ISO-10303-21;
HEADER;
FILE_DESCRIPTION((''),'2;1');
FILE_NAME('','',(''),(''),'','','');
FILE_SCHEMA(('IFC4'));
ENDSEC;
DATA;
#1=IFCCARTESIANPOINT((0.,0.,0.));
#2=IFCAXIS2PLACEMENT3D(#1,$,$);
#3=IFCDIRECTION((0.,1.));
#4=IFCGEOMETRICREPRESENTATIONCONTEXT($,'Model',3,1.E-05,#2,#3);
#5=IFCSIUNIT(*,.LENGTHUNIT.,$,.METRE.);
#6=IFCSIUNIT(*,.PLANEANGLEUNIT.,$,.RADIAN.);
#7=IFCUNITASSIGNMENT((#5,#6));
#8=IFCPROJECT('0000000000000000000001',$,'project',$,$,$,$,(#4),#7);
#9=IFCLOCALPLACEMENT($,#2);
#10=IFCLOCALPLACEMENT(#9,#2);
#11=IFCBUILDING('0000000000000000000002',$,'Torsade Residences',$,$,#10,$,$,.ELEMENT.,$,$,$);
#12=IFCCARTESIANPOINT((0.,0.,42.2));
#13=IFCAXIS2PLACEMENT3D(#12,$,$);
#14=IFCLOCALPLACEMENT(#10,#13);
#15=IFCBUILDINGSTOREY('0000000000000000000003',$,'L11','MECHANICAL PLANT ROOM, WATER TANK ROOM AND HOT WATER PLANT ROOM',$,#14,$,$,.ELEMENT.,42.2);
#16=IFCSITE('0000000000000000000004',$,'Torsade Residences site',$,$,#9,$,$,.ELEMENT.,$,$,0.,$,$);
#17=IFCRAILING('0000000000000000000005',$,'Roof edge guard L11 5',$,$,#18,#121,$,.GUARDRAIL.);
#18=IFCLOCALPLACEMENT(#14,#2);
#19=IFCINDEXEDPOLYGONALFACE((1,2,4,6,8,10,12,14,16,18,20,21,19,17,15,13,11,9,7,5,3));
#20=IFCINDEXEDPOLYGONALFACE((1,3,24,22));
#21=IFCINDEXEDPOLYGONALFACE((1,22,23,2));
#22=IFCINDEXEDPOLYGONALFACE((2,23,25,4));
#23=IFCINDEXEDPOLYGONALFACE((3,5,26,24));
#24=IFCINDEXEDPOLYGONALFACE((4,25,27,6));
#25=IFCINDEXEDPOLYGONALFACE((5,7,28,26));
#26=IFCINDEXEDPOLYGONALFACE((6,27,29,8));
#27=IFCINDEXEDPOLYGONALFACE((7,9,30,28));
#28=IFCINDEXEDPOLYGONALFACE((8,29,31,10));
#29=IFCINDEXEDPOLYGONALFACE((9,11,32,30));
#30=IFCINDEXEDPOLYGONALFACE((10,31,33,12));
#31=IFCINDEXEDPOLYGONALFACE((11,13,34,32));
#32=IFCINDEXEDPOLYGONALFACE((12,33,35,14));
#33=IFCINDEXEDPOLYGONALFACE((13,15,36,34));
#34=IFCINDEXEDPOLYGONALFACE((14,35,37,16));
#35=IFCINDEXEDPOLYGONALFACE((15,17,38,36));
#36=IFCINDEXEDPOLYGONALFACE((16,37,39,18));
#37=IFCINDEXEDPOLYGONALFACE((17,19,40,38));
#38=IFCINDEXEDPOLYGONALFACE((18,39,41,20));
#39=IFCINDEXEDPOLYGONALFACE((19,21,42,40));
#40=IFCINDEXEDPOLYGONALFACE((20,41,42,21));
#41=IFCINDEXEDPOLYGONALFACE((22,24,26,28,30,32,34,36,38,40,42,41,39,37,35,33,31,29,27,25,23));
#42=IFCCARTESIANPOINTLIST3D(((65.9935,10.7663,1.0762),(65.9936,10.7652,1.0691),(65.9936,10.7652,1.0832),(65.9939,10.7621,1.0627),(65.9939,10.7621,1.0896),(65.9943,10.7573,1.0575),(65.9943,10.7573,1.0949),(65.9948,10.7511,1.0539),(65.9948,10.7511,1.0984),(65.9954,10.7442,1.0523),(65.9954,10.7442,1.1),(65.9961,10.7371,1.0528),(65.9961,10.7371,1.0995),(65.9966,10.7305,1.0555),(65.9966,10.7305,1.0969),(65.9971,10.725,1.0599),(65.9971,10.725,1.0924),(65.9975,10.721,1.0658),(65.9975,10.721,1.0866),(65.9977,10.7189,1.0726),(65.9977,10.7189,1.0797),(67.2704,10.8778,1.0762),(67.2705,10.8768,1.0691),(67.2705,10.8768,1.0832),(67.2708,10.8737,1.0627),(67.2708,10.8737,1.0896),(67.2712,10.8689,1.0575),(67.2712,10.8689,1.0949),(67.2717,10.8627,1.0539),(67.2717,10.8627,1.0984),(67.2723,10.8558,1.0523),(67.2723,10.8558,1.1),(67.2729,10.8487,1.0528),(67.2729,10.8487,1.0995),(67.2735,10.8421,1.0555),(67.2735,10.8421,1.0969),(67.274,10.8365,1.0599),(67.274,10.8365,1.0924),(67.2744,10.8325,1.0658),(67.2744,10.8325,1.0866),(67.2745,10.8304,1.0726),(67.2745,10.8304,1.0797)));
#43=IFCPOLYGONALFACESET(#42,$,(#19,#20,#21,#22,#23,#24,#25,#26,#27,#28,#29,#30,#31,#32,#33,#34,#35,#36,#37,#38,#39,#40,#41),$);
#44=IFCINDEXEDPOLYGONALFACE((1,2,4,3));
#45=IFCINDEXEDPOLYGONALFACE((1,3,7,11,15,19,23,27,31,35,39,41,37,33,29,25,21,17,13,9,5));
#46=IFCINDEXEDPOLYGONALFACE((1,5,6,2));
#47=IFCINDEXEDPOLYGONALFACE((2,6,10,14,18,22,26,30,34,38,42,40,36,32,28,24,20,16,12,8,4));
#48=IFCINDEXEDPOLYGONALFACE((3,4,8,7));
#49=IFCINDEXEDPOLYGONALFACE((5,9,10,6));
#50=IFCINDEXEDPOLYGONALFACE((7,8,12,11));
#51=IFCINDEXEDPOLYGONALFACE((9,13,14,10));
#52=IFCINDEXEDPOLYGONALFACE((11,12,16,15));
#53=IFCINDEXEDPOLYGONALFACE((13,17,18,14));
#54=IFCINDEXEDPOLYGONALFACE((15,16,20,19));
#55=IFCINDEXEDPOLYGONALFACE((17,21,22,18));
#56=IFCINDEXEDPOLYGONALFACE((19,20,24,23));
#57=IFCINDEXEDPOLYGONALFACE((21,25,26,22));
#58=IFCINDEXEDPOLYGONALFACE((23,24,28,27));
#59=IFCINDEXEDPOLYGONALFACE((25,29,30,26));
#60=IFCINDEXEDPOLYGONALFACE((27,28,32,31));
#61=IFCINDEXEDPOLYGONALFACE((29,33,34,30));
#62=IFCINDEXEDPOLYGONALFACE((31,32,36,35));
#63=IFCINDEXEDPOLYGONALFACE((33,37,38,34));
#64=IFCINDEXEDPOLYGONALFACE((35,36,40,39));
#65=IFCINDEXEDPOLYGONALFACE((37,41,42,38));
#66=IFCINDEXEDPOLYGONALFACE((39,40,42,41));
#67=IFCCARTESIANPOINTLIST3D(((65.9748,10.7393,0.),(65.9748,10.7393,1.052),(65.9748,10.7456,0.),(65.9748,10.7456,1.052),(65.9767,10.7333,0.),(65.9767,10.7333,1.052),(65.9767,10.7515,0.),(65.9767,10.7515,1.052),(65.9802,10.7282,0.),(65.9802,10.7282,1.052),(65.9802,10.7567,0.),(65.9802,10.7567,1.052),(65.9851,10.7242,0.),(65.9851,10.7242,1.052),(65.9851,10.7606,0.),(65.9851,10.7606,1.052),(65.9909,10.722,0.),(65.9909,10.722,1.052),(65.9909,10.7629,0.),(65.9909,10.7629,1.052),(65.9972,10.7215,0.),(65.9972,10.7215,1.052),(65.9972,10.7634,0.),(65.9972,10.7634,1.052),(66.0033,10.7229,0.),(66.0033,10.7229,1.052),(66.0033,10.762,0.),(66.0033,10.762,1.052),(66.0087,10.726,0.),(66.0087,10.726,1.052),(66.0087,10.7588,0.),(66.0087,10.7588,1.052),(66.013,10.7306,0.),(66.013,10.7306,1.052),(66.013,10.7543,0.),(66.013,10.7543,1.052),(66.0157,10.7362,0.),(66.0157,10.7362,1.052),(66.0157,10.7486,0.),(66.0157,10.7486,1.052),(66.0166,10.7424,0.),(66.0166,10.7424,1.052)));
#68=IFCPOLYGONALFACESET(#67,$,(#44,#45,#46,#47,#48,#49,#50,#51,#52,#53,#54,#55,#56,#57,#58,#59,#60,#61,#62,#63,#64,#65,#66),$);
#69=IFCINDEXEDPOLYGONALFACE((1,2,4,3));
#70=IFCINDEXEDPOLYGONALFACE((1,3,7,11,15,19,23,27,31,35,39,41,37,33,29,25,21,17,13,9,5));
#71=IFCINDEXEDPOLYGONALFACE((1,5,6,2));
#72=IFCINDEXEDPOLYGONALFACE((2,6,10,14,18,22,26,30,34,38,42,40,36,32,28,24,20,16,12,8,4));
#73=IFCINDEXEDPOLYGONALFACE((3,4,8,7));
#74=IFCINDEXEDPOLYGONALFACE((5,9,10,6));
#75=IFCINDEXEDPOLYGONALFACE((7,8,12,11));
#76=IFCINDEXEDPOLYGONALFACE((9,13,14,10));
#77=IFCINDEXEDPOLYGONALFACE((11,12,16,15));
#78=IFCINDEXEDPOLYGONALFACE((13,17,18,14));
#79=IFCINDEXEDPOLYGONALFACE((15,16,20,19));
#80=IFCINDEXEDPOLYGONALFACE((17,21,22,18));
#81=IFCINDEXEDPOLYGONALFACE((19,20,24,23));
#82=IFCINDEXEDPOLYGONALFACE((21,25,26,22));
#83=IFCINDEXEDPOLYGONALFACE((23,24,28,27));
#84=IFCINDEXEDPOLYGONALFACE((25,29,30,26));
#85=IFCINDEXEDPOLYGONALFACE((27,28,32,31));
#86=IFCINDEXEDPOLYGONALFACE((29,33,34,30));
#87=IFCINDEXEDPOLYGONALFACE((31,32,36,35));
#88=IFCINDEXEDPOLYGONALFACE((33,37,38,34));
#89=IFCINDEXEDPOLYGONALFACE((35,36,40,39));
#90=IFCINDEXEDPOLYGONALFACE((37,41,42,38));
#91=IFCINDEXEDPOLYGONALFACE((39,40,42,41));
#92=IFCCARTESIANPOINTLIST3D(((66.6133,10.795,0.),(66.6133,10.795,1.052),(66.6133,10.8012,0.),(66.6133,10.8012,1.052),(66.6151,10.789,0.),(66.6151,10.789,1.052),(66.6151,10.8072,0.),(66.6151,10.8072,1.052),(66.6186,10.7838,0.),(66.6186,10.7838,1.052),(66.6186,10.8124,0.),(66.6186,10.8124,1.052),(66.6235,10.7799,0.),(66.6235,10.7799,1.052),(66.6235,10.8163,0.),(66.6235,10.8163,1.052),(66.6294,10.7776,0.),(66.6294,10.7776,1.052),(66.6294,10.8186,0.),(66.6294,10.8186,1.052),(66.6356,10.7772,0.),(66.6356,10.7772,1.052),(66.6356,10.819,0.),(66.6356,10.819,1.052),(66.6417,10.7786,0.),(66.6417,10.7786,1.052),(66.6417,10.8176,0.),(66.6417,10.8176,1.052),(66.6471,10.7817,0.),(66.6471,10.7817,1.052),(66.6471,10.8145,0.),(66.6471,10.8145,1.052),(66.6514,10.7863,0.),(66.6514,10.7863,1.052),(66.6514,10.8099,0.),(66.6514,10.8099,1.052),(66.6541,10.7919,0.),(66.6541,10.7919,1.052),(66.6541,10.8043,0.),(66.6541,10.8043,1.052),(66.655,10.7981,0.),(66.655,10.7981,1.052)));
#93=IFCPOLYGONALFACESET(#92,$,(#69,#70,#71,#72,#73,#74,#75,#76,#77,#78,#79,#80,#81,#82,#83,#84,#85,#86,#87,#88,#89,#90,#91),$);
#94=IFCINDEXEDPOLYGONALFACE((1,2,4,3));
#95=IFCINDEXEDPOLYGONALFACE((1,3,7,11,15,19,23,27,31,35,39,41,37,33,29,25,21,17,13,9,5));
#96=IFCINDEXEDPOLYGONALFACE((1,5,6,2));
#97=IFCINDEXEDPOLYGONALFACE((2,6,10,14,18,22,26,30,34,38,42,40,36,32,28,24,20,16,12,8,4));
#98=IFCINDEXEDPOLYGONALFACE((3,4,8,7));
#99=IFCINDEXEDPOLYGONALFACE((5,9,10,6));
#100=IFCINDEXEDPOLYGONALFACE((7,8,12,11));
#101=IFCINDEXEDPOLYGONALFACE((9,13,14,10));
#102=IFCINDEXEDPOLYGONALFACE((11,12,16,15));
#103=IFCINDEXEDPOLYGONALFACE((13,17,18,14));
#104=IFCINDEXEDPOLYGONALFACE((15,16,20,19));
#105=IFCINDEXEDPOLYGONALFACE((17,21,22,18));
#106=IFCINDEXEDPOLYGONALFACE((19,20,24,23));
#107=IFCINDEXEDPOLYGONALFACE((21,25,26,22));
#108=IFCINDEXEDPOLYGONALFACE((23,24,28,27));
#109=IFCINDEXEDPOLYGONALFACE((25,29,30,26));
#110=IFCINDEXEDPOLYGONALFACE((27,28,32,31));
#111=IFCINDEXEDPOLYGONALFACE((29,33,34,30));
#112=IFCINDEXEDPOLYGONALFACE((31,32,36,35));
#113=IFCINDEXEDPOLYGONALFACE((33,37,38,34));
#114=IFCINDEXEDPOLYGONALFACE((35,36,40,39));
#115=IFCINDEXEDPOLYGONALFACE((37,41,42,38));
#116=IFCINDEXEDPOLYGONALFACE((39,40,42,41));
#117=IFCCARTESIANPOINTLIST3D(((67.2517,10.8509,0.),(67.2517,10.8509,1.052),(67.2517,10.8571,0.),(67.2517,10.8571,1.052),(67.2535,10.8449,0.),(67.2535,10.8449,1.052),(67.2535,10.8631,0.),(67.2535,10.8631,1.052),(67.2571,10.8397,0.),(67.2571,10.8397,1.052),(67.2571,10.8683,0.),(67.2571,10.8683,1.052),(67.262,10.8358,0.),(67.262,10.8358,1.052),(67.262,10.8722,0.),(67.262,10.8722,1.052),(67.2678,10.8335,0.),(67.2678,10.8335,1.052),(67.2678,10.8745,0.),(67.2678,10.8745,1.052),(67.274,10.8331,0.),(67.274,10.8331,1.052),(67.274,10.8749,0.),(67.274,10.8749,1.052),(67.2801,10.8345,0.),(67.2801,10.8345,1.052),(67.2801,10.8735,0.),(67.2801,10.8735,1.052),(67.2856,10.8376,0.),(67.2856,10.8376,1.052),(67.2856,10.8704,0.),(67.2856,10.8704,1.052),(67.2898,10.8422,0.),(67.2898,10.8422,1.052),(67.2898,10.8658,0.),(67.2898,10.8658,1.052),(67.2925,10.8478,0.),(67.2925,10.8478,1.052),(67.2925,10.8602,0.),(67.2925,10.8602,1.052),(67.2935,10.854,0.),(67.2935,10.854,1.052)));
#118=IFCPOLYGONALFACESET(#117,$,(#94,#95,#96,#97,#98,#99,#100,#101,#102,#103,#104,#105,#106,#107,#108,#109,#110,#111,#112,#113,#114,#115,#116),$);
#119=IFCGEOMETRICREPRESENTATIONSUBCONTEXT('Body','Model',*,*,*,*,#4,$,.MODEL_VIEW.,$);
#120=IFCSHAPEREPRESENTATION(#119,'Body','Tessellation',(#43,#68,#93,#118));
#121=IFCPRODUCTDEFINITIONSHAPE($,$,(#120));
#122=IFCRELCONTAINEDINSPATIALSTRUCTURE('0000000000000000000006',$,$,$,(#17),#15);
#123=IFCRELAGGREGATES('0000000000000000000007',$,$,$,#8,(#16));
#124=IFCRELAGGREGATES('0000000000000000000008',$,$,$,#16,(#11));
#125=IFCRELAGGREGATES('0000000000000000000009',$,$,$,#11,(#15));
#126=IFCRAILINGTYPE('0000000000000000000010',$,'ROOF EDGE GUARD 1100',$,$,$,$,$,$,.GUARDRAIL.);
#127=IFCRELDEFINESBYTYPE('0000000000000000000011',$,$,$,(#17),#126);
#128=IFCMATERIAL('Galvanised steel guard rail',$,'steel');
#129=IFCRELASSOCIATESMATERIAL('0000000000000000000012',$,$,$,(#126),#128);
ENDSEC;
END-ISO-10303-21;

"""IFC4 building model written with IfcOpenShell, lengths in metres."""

from ifc_helpers import new_model, si_unit, direction, frame, origin, origin_2d, place, context, subcontext, project, spatial, circle, extrude, material, type_object, element, save


model = new_model("IFC4")

# Units and contexts
model_context = context("Model", 3, precision=1e-05, world=origin(), true_north=direction((0.0, 1.0)))
body_context = subcontext(model_context, "Body", "Model", "MODEL_VIEW")
ifc_project = project(units=[si_unit("LENGTHUNIT", "METRE"), si_unit("PLANEANGLEUNIT", "RADIAN")], contexts=[model_context])

# Site, building, storey
site_placement = place(None, origin())
site = spatial("IfcSite", under=ifc_project, at=site_placement, Name="Torsade Residences site", CompositionType="ELEMENT", RefElevation=0.0)
building_placement = place(site_placement, origin())
building = spatial("IfcBuilding", under=site, at=building_placement, Name="Torsade Residences", CompositionType="ELEMENT")
storey_placement = place(building_placement, frame((0.0, 0.0, 42.2)))
storey = spatial("IfcBuildingStorey", under=building, at=storey_placement, Name="L11", Description="MECHANICAL PLANT ROOM, WATER TANK ROOM AND HOT WATER PLANT ROOM", CompositionType="ELEMENT", Elevation=42.2)

# Railing
ifc_material_1 = material(Name="Galvanised steel guard rail", Category="steel")
railing_type = type_object("IfcRailingType", Name="ROOF EDGE GUARD 1100", PredefinedType="GUARDRAIL", material=ifc_material_1)
railing_1_placement = place(storey_placement, frame((65.9956, 10.7424, 0.0)))
element("IfcRailing", 1, at=railing_1_placement, inside=storey, type_object=railing_type, Name="Roof edge guard L11 5", PredefinedType="GUARDRAIL", context=body_context, shape_type="SweptSolid", body=[
    extrude(circle(Radius=0.0239, at=origin_2d()), frame((0.0, 0.0, 1.0762), z_axis=(0.996204, 0.087049, 0.0), x_axis=(-0.087049, 0.996204, 0.0)), (0.0, 0.0, 1.0), 1.2817),
    extrude(circle(Radius=0.021, at=origin_2d()), origin(), (0.0, 0.0, 1.0), 1.052),
    extrude(circle(Radius=0.021, at=origin_2d()), frame((0.6384, 0.0557, 0.0)), (0.0, 0.0, 1.0), 1.052),
    extrude(circle(Radius=0.021, at=origin_2d()), frame((1.2769, 0.1116, 0.0)), (0.0, 0.0, 1.0), 1.052),
])

save(model, "model.ifc")
